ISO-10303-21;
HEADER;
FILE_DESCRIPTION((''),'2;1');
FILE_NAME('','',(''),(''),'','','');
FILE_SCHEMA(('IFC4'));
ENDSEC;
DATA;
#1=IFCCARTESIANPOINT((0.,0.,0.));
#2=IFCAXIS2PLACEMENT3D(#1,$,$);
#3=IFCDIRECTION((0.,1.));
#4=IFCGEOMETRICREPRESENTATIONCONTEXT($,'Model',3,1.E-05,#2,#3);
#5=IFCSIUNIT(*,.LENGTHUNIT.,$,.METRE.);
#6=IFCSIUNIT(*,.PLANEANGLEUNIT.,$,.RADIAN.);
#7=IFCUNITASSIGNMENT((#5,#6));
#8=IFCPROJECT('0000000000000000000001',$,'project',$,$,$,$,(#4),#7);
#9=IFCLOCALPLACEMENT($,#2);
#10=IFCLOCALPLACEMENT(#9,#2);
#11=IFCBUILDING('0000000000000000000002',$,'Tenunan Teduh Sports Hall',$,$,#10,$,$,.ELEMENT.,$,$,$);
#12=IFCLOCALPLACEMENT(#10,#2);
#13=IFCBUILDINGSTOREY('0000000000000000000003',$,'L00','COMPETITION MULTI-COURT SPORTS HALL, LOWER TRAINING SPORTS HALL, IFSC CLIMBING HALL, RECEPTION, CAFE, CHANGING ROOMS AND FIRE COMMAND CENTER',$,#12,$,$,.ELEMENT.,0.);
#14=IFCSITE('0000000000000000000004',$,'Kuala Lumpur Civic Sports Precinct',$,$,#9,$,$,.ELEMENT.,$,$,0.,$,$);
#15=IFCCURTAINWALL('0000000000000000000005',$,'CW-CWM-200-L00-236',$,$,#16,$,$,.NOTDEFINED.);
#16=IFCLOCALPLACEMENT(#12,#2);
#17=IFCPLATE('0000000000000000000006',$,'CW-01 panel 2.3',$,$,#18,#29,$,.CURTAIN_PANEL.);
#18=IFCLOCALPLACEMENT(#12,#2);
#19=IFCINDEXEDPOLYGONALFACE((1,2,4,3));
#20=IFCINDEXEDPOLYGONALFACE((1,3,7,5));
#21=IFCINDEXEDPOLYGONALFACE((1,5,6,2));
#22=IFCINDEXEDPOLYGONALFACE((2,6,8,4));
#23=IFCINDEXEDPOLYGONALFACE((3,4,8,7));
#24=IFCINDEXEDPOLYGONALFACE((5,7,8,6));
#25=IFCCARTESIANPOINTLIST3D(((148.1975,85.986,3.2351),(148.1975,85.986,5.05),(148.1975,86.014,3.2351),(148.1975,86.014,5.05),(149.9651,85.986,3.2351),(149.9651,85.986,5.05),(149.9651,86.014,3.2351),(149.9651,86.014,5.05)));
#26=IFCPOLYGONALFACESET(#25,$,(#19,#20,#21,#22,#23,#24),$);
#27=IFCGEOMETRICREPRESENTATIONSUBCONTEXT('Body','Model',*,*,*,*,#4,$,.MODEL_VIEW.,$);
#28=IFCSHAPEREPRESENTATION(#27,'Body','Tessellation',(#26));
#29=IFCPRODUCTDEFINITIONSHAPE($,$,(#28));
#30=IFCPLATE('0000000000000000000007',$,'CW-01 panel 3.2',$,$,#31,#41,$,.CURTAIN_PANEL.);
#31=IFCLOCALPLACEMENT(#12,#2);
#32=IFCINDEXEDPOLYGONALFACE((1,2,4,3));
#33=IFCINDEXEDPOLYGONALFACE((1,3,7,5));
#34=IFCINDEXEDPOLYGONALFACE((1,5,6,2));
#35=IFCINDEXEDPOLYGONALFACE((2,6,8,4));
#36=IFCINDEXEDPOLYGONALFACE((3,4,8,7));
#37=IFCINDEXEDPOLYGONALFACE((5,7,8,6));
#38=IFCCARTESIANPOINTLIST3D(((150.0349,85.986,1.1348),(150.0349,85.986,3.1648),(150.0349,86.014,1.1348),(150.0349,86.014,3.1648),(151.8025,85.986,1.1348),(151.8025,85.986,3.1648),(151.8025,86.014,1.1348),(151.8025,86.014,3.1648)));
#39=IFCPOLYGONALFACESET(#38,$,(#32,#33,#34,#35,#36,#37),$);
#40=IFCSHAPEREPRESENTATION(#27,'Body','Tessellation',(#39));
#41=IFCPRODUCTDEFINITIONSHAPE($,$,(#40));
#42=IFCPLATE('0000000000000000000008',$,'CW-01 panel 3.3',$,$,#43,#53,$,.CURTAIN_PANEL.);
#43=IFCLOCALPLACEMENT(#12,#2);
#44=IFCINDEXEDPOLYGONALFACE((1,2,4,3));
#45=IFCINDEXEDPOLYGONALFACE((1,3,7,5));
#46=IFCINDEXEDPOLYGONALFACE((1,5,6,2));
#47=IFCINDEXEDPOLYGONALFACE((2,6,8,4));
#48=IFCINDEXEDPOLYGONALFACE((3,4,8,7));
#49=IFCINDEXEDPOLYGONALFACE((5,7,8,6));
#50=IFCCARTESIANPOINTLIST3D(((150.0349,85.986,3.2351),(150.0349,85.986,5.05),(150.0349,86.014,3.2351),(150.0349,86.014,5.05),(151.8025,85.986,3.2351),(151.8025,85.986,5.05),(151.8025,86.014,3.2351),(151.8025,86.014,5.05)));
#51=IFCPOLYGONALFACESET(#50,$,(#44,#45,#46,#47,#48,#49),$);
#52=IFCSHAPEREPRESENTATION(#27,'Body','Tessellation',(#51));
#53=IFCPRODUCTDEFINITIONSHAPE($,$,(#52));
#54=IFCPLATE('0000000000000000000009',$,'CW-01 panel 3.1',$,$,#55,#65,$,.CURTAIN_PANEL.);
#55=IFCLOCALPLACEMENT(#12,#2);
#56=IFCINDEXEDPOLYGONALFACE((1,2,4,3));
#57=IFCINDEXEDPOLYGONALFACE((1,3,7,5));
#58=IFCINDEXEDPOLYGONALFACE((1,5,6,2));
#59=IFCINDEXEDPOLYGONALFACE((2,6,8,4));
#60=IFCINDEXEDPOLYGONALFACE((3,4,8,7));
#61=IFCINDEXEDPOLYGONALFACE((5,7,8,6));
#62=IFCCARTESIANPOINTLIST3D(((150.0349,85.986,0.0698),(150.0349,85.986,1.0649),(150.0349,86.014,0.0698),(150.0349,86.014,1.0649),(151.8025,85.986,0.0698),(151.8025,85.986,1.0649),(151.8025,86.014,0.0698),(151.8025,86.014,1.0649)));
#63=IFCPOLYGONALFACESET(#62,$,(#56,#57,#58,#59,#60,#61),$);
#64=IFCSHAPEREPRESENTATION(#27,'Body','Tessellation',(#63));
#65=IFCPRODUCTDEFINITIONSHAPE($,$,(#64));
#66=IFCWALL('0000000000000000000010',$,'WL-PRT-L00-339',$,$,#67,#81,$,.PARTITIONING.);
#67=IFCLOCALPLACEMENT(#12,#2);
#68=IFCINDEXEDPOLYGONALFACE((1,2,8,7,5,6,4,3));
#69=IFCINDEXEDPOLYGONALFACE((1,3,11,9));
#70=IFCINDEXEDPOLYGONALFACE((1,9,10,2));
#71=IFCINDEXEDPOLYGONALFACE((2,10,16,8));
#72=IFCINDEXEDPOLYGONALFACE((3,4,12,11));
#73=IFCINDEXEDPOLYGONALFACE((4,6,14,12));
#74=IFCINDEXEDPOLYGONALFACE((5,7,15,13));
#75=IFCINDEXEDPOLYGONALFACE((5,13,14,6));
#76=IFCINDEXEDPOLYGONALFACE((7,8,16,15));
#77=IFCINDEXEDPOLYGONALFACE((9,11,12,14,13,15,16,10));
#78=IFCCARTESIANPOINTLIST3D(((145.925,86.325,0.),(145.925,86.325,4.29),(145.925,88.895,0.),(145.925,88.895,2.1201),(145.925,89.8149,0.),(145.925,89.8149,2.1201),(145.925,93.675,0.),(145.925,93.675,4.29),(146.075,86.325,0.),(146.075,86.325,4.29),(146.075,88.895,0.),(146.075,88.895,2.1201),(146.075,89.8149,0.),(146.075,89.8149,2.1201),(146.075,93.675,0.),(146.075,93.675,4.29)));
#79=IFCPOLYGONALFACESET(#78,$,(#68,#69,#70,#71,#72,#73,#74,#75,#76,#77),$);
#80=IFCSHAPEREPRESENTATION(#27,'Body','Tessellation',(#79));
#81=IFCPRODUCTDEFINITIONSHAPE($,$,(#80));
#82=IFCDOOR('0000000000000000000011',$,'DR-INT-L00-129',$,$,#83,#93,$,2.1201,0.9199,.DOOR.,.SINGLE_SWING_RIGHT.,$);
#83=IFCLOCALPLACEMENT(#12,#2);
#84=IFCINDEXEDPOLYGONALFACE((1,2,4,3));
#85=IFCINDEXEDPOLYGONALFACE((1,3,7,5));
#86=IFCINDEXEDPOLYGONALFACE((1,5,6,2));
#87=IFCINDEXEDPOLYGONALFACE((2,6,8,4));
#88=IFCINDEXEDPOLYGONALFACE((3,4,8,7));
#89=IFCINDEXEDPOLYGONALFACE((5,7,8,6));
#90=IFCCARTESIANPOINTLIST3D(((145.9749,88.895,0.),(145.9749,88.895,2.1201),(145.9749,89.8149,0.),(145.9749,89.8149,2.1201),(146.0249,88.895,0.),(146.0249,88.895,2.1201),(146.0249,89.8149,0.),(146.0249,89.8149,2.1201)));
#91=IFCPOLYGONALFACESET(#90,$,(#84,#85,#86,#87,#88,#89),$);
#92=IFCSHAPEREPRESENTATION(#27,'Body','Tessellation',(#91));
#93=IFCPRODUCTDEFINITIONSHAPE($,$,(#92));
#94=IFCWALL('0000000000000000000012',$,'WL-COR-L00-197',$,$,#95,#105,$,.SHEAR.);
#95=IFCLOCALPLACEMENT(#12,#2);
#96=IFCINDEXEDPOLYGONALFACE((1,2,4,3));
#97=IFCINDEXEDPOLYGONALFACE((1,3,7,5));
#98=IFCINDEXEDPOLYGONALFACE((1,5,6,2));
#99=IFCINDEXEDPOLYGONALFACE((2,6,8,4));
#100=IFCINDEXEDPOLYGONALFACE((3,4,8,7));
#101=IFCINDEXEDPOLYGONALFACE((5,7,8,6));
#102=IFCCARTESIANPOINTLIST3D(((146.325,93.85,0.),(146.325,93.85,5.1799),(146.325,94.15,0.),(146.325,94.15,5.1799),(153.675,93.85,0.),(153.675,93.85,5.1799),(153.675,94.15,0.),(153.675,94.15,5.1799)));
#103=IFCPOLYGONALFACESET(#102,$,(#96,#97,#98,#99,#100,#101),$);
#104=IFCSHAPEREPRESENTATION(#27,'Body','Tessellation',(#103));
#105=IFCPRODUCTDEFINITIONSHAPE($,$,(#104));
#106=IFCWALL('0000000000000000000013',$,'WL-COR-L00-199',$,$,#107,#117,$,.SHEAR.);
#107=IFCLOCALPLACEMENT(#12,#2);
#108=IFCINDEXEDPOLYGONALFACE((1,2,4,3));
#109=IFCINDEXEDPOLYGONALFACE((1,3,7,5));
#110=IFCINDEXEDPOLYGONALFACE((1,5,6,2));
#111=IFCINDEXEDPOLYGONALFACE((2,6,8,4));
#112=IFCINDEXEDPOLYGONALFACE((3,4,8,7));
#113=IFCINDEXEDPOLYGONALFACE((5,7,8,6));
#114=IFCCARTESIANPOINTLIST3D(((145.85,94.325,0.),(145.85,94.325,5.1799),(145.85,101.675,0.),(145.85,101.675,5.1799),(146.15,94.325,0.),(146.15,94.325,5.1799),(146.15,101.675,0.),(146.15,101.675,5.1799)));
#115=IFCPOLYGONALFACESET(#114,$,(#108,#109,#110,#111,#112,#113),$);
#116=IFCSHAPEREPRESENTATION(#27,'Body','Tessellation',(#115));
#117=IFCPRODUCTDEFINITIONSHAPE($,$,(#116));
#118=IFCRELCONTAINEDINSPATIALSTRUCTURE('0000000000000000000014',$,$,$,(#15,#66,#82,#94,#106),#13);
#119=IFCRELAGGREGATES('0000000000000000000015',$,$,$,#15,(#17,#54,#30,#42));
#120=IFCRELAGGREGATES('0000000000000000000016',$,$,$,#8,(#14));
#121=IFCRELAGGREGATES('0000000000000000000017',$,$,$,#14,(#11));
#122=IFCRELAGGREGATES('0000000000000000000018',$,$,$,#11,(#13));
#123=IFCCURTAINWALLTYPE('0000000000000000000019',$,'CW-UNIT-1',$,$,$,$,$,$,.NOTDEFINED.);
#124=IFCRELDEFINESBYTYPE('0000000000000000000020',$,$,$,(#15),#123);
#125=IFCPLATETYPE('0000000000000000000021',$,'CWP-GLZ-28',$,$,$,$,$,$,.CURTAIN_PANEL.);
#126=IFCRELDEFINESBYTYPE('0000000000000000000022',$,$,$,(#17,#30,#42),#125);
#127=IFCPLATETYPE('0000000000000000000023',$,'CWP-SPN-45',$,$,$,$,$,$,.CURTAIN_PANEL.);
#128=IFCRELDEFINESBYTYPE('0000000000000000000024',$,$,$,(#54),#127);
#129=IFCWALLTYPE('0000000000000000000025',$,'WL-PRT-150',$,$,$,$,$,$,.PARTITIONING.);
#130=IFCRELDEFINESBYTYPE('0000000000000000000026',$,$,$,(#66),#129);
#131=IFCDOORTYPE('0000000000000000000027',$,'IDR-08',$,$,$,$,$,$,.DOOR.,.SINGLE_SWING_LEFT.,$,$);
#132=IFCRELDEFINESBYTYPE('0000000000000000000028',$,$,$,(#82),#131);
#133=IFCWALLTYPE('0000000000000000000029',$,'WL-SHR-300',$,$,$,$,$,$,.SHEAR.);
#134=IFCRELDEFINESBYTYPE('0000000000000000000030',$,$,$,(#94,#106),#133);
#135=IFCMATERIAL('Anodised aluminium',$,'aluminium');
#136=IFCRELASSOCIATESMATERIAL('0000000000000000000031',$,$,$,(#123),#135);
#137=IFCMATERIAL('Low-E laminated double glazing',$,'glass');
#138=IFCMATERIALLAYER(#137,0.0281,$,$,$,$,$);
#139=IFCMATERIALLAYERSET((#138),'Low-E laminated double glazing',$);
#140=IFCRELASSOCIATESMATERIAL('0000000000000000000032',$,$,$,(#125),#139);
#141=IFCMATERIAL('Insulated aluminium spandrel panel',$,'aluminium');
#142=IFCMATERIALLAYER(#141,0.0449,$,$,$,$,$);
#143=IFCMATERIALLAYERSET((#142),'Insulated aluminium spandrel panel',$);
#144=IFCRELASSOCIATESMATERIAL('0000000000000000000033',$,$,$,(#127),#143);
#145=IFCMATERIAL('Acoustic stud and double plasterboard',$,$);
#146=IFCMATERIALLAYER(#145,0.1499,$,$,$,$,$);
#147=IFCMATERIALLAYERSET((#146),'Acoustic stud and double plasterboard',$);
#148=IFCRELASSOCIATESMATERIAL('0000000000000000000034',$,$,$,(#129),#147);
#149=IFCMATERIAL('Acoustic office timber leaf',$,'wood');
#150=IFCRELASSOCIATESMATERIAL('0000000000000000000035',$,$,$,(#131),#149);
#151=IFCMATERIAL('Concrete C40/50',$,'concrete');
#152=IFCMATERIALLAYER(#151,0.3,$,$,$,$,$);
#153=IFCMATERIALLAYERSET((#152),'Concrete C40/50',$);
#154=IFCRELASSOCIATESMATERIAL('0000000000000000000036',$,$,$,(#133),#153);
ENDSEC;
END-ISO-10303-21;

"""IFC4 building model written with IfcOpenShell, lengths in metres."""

from ifc_helpers import new_model, si_unit, direction, frame, frame_2d, origin, origin_2d, place, context, subcontext, project, spatial, rectangle, extrude, material, layer, layer_set, type_object, element, fill, aggregate, save


model = new_model("IFC4")

# Units and contexts
model_context = context("Model", 3, precision=1e-05, world=origin(), true_north=direction((0.0, 1.0)))
body_context = subcontext(model_context, "Body", "Model", "MODEL_VIEW")
ifc_project = project(units=[si_unit("LENGTHUNIT", "METRE"), si_unit("PLANEANGLEUNIT", "RADIAN")], contexts=[model_context])

# Site, building, storey
site_placement = place(None, origin())
site = spatial("IfcSite", under=ifc_project, at=site_placement, Name="Kuala Lumpur Civic Sports Precinct", CompositionType="ELEMENT", RefElevation=0.0)
building_placement = place(site_placement, origin())
building = spatial("IfcBuilding", under=site, at=building_placement, Name="Tenunan Teduh Sports Hall", CompositionType="ELEMENT")
storey_placement = place(building_placement, origin())
storey = spatial("IfcBuildingStorey", under=building, at=storey_placement, Name="L00", Description="COMPETITION MULTI-COURT SPORTS HALL, LOWER TRAINING SPORTS HALL, IFSC CLIMBING HALL, RECEPTION, CAFE, CHANGING ROOMS AND FIRE COMMAND CENTER", CompositionType="ELEMENT", Elevation=0.0)

# Curtain wall
ifc_material_1 = material(Name="Anodised aluminium", Category="aluminium")
curtain_wall_type = type_object("IfcCurtainWallType", Name="CW-UNIT-1", PredefinedType="NOTDEFINED", material=ifc_material_1)
curtain_wall_placement = place(storey_placement, origin())
curtain_wall = element("IfcCurtainWall", 1, at=curtain_wall_placement, inside=storey, type_object=curtain_wall_type, Name="CW-CWM-200-L00-236", PredefinedType="NOTDEFINED")

# Plates
ifc_material_2 = material(Name="Low-E laminated double glazing", Category="glass")
ifc_layer_1 = layer(ifc_material_2, 0.0281)
ifc_layer_set_1 = layer_set([ifc_layer_1], Name="Low-E laminated double glazing")
plate_type_1 = type_object("IfcPlateType", Name="CWP-GLZ-28", PredefinedType="CURTAIN_PANEL", material=ifc_layer_set_1)
plate_1_placement = place(storey_placement, frame((149.0813, 86.0, 3.2351), z_axis=(0.0, 0.0, 1.0), x_axis=(1.0, 0.0, 0.0)))
plate_1 = element("IfcPlate", 2, at=plate_1_placement, type_object=plate_type_1, Name="CW-01 panel 2.3", PredefinedType="CURTAIN_PANEL", context=body_context, shape_type="SweptSolid", body=[
    extrude(rectangle(XDim=1.7676, YDim=0.0281, at=origin_2d()), origin(), (0.0, 0.0, 1.0), 1.8149),
])
plate_2_placement = place(storey_placement, frame((150.9187, 86.0, 1.1348), z_axis=(0.0, 0.0, 1.0), x_axis=(1.0, 0.0, 0.0)))
plate_2 = element("IfcPlate", 3, at=plate_2_placement, type_object=plate_type_1, Name="CW-01 panel 3.2", PredefinedType="CURTAIN_PANEL", context=body_context, shape_type="SweptSolid", body=[
    extrude(rectangle(XDim=1.7676, YDim=0.0281, at=origin_2d()), origin(), (0.0, 0.0, 1.0), 2.03),
])
plate_3_placement = place(storey_placement, frame((150.9187, 86.0, 3.2351), z_axis=(0.0, 0.0, 1.0), x_axis=(1.0, 0.0, 0.0)))
plate_3 = element("IfcPlate", 4, at=plate_3_placement, type_object=plate_type_1, Name="CW-01 panel 3.3", PredefinedType="CURTAIN_PANEL", context=body_context, shape_type="SweptSolid", body=[
    extrude(rectangle(XDim=1.7676, YDim=0.0281, at=origin_2d()), origin(), (0.0, 0.0, 1.0), 1.8149),
])
ifc_material_3 = material(Name="Insulated aluminium spandrel panel", Category="aluminium")
ifc_layer_2 = layer(ifc_material_3, 0.0449)
ifc_layer_set_2 = layer_set([ifc_layer_2], Name="Insulated aluminium spandrel panel")
plate_type_2 = type_object("IfcPlateType", Name="CWP-SPN-45", PredefinedType="CURTAIN_PANEL", material=ifc_layer_set_2)
plate_4_placement = place(storey_placement, frame((150.9187, 86.0, 0.0698), z_axis=(0.0, 0.0, 1.0), x_axis=(1.0, 0.0, 0.0)))
plate_4 = element("IfcPlate", 5, at=plate_4_placement, type_object=plate_type_2, Name="CW-01 panel 3.1", PredefinedType="CURTAIN_PANEL", context=body_context, shape_type="SweptSolid", body=[
    extrude(rectangle(XDim=1.7676, YDim=0.0281, at=origin_2d()), origin(), (0.0, 0.0, 1.0), 0.9951),
])
aggregate(curtain_wall, [plate_1, plate_4, plate_2, plate_3])

# Wall, opening, door
ifc_material_4 = material(Name="Acoustic stud and double plasterboard")
ifc_layer_3 = layer(ifc_material_4, 0.1499)
ifc_layer_set_3 = layer_set([ifc_layer_3], Name="Acoustic stud and double plasterboard")
wall_type_1 = type_object("IfcWallType", Name="WL-PRT-150", PredefinedType="PARTITIONING", material=ifc_layer_set_3)
wall_placement = place(storey_placement, frame((146.0, 86.325, 0.0), z_axis=(0.0, 0.0, 1.0), x_axis=(0.0, 1.0, 0.0)))
wall = element("IfcWall", 6, at=wall_placement, inside=storey, type_object=wall_type_1, Name="WL-PRT-L00-339", PredefinedType="PARTITIONING", context=body_context, shape_type="SweptSolid", body=[
    extrude(rectangle(XDim=7.3501, YDim=0.1499, at=frame_2d((3.675, 0.0))), origin(), (0.0, 0.0, 1.0), 4.29),
])
opening_placement = place(wall_placement, frame((2.5701, 0.0, 0.0)))
opening = element("IfcOpeningElement", 7, at=opening_placement, cuts=wall, PredefinedType="OPENING", context=body_context, shape_type="SweptSolid", body=[
    extrude(rectangle(XDim=0.9199, YDim=2.1201, at=frame_2d((0.46, 1.0601))), frame((0.0, 0.085, 0.0), z_axis=(0.0, -1.0, 0.0), x_axis=(1.0, 0.0, 0.0)), (0.0, 0.0, 1.0), 0.1699),
])
ifc_material_5 = material(Name="Acoustic office timber leaf", Category="wood")
door_type = type_object("IfcDoorType", Name="IDR-08", OperationType="SINGLE_SWING_LEFT", PredefinedType="DOOR", material=ifc_material_5)
door_placement = place(opening_placement, frame((0.9199, 0.0, 0.0), z_axis=(0.0, 0.0, 1.0), x_axis=(-1.0, 0.0, 0.0)))
door = element("IfcDoor", 8, at=door_placement, inside=storey, type_object=door_type, Name="DR-INT-L00-129", OperationType="SINGLE_SWING_RIGHT", OverallHeight=2.1201, OverallWidth=0.9199, PredefinedType="DOOR", context=body_context, shape_type="SweptSolid", body=[
    extrude(rectangle(XDim=0.9199, YDim=2.1201, at=frame_2d((0.46, 1.0601))), frame((0.0, 0.0249, 0.0), z_axis=(0.0, -1.0, 0.0), x_axis=(1.0, 0.0, 0.0)), (0.0, 0.0, 1.0), 0.05),
])
fill(opening, door)

# Walls
ifc_material_6 = material(Name="Concrete C40/50", Category="concrete")
ifc_layer_4 = layer(ifc_material_6, 0.3)
ifc_layer_set_4 = layer_set([ifc_layer_4], Name="Concrete C40/50")
wall_type_2 = type_object("IfcWallType", Name="WL-SHR-300", PredefinedType="SHEAR", material=ifc_layer_set_4)
for number, where, z_axis, x_axis, name in (
    (9, (146.325, 94.0, 0.0), (0.0, 0.0, 1.0), (1.0, 0.0, 0.0), "WL-COR-L00-197"),
    (10, (146.0, 94.325, 0.0), (0.0, 0.0, 1.0), (0.0, 1.0, 0.0), "WL-COR-L00-199"),
):
    element("IfcWall", number, at=place(storey_placement, frame(where, z_axis=z_axis, x_axis=x_axis)), inside=storey, type_object=wall_type_2, Name=name, PredefinedType="SHEAR", context=body_context, shape_type="SweptSolid", body=[
        extrude(rectangle(XDim=7.3501, YDim=0.3, at=frame_2d((3.675, 0.0))), origin(), (0.0, 0.0, 1.0), 5.1799),
    ])

save(model, "model.ifc")
